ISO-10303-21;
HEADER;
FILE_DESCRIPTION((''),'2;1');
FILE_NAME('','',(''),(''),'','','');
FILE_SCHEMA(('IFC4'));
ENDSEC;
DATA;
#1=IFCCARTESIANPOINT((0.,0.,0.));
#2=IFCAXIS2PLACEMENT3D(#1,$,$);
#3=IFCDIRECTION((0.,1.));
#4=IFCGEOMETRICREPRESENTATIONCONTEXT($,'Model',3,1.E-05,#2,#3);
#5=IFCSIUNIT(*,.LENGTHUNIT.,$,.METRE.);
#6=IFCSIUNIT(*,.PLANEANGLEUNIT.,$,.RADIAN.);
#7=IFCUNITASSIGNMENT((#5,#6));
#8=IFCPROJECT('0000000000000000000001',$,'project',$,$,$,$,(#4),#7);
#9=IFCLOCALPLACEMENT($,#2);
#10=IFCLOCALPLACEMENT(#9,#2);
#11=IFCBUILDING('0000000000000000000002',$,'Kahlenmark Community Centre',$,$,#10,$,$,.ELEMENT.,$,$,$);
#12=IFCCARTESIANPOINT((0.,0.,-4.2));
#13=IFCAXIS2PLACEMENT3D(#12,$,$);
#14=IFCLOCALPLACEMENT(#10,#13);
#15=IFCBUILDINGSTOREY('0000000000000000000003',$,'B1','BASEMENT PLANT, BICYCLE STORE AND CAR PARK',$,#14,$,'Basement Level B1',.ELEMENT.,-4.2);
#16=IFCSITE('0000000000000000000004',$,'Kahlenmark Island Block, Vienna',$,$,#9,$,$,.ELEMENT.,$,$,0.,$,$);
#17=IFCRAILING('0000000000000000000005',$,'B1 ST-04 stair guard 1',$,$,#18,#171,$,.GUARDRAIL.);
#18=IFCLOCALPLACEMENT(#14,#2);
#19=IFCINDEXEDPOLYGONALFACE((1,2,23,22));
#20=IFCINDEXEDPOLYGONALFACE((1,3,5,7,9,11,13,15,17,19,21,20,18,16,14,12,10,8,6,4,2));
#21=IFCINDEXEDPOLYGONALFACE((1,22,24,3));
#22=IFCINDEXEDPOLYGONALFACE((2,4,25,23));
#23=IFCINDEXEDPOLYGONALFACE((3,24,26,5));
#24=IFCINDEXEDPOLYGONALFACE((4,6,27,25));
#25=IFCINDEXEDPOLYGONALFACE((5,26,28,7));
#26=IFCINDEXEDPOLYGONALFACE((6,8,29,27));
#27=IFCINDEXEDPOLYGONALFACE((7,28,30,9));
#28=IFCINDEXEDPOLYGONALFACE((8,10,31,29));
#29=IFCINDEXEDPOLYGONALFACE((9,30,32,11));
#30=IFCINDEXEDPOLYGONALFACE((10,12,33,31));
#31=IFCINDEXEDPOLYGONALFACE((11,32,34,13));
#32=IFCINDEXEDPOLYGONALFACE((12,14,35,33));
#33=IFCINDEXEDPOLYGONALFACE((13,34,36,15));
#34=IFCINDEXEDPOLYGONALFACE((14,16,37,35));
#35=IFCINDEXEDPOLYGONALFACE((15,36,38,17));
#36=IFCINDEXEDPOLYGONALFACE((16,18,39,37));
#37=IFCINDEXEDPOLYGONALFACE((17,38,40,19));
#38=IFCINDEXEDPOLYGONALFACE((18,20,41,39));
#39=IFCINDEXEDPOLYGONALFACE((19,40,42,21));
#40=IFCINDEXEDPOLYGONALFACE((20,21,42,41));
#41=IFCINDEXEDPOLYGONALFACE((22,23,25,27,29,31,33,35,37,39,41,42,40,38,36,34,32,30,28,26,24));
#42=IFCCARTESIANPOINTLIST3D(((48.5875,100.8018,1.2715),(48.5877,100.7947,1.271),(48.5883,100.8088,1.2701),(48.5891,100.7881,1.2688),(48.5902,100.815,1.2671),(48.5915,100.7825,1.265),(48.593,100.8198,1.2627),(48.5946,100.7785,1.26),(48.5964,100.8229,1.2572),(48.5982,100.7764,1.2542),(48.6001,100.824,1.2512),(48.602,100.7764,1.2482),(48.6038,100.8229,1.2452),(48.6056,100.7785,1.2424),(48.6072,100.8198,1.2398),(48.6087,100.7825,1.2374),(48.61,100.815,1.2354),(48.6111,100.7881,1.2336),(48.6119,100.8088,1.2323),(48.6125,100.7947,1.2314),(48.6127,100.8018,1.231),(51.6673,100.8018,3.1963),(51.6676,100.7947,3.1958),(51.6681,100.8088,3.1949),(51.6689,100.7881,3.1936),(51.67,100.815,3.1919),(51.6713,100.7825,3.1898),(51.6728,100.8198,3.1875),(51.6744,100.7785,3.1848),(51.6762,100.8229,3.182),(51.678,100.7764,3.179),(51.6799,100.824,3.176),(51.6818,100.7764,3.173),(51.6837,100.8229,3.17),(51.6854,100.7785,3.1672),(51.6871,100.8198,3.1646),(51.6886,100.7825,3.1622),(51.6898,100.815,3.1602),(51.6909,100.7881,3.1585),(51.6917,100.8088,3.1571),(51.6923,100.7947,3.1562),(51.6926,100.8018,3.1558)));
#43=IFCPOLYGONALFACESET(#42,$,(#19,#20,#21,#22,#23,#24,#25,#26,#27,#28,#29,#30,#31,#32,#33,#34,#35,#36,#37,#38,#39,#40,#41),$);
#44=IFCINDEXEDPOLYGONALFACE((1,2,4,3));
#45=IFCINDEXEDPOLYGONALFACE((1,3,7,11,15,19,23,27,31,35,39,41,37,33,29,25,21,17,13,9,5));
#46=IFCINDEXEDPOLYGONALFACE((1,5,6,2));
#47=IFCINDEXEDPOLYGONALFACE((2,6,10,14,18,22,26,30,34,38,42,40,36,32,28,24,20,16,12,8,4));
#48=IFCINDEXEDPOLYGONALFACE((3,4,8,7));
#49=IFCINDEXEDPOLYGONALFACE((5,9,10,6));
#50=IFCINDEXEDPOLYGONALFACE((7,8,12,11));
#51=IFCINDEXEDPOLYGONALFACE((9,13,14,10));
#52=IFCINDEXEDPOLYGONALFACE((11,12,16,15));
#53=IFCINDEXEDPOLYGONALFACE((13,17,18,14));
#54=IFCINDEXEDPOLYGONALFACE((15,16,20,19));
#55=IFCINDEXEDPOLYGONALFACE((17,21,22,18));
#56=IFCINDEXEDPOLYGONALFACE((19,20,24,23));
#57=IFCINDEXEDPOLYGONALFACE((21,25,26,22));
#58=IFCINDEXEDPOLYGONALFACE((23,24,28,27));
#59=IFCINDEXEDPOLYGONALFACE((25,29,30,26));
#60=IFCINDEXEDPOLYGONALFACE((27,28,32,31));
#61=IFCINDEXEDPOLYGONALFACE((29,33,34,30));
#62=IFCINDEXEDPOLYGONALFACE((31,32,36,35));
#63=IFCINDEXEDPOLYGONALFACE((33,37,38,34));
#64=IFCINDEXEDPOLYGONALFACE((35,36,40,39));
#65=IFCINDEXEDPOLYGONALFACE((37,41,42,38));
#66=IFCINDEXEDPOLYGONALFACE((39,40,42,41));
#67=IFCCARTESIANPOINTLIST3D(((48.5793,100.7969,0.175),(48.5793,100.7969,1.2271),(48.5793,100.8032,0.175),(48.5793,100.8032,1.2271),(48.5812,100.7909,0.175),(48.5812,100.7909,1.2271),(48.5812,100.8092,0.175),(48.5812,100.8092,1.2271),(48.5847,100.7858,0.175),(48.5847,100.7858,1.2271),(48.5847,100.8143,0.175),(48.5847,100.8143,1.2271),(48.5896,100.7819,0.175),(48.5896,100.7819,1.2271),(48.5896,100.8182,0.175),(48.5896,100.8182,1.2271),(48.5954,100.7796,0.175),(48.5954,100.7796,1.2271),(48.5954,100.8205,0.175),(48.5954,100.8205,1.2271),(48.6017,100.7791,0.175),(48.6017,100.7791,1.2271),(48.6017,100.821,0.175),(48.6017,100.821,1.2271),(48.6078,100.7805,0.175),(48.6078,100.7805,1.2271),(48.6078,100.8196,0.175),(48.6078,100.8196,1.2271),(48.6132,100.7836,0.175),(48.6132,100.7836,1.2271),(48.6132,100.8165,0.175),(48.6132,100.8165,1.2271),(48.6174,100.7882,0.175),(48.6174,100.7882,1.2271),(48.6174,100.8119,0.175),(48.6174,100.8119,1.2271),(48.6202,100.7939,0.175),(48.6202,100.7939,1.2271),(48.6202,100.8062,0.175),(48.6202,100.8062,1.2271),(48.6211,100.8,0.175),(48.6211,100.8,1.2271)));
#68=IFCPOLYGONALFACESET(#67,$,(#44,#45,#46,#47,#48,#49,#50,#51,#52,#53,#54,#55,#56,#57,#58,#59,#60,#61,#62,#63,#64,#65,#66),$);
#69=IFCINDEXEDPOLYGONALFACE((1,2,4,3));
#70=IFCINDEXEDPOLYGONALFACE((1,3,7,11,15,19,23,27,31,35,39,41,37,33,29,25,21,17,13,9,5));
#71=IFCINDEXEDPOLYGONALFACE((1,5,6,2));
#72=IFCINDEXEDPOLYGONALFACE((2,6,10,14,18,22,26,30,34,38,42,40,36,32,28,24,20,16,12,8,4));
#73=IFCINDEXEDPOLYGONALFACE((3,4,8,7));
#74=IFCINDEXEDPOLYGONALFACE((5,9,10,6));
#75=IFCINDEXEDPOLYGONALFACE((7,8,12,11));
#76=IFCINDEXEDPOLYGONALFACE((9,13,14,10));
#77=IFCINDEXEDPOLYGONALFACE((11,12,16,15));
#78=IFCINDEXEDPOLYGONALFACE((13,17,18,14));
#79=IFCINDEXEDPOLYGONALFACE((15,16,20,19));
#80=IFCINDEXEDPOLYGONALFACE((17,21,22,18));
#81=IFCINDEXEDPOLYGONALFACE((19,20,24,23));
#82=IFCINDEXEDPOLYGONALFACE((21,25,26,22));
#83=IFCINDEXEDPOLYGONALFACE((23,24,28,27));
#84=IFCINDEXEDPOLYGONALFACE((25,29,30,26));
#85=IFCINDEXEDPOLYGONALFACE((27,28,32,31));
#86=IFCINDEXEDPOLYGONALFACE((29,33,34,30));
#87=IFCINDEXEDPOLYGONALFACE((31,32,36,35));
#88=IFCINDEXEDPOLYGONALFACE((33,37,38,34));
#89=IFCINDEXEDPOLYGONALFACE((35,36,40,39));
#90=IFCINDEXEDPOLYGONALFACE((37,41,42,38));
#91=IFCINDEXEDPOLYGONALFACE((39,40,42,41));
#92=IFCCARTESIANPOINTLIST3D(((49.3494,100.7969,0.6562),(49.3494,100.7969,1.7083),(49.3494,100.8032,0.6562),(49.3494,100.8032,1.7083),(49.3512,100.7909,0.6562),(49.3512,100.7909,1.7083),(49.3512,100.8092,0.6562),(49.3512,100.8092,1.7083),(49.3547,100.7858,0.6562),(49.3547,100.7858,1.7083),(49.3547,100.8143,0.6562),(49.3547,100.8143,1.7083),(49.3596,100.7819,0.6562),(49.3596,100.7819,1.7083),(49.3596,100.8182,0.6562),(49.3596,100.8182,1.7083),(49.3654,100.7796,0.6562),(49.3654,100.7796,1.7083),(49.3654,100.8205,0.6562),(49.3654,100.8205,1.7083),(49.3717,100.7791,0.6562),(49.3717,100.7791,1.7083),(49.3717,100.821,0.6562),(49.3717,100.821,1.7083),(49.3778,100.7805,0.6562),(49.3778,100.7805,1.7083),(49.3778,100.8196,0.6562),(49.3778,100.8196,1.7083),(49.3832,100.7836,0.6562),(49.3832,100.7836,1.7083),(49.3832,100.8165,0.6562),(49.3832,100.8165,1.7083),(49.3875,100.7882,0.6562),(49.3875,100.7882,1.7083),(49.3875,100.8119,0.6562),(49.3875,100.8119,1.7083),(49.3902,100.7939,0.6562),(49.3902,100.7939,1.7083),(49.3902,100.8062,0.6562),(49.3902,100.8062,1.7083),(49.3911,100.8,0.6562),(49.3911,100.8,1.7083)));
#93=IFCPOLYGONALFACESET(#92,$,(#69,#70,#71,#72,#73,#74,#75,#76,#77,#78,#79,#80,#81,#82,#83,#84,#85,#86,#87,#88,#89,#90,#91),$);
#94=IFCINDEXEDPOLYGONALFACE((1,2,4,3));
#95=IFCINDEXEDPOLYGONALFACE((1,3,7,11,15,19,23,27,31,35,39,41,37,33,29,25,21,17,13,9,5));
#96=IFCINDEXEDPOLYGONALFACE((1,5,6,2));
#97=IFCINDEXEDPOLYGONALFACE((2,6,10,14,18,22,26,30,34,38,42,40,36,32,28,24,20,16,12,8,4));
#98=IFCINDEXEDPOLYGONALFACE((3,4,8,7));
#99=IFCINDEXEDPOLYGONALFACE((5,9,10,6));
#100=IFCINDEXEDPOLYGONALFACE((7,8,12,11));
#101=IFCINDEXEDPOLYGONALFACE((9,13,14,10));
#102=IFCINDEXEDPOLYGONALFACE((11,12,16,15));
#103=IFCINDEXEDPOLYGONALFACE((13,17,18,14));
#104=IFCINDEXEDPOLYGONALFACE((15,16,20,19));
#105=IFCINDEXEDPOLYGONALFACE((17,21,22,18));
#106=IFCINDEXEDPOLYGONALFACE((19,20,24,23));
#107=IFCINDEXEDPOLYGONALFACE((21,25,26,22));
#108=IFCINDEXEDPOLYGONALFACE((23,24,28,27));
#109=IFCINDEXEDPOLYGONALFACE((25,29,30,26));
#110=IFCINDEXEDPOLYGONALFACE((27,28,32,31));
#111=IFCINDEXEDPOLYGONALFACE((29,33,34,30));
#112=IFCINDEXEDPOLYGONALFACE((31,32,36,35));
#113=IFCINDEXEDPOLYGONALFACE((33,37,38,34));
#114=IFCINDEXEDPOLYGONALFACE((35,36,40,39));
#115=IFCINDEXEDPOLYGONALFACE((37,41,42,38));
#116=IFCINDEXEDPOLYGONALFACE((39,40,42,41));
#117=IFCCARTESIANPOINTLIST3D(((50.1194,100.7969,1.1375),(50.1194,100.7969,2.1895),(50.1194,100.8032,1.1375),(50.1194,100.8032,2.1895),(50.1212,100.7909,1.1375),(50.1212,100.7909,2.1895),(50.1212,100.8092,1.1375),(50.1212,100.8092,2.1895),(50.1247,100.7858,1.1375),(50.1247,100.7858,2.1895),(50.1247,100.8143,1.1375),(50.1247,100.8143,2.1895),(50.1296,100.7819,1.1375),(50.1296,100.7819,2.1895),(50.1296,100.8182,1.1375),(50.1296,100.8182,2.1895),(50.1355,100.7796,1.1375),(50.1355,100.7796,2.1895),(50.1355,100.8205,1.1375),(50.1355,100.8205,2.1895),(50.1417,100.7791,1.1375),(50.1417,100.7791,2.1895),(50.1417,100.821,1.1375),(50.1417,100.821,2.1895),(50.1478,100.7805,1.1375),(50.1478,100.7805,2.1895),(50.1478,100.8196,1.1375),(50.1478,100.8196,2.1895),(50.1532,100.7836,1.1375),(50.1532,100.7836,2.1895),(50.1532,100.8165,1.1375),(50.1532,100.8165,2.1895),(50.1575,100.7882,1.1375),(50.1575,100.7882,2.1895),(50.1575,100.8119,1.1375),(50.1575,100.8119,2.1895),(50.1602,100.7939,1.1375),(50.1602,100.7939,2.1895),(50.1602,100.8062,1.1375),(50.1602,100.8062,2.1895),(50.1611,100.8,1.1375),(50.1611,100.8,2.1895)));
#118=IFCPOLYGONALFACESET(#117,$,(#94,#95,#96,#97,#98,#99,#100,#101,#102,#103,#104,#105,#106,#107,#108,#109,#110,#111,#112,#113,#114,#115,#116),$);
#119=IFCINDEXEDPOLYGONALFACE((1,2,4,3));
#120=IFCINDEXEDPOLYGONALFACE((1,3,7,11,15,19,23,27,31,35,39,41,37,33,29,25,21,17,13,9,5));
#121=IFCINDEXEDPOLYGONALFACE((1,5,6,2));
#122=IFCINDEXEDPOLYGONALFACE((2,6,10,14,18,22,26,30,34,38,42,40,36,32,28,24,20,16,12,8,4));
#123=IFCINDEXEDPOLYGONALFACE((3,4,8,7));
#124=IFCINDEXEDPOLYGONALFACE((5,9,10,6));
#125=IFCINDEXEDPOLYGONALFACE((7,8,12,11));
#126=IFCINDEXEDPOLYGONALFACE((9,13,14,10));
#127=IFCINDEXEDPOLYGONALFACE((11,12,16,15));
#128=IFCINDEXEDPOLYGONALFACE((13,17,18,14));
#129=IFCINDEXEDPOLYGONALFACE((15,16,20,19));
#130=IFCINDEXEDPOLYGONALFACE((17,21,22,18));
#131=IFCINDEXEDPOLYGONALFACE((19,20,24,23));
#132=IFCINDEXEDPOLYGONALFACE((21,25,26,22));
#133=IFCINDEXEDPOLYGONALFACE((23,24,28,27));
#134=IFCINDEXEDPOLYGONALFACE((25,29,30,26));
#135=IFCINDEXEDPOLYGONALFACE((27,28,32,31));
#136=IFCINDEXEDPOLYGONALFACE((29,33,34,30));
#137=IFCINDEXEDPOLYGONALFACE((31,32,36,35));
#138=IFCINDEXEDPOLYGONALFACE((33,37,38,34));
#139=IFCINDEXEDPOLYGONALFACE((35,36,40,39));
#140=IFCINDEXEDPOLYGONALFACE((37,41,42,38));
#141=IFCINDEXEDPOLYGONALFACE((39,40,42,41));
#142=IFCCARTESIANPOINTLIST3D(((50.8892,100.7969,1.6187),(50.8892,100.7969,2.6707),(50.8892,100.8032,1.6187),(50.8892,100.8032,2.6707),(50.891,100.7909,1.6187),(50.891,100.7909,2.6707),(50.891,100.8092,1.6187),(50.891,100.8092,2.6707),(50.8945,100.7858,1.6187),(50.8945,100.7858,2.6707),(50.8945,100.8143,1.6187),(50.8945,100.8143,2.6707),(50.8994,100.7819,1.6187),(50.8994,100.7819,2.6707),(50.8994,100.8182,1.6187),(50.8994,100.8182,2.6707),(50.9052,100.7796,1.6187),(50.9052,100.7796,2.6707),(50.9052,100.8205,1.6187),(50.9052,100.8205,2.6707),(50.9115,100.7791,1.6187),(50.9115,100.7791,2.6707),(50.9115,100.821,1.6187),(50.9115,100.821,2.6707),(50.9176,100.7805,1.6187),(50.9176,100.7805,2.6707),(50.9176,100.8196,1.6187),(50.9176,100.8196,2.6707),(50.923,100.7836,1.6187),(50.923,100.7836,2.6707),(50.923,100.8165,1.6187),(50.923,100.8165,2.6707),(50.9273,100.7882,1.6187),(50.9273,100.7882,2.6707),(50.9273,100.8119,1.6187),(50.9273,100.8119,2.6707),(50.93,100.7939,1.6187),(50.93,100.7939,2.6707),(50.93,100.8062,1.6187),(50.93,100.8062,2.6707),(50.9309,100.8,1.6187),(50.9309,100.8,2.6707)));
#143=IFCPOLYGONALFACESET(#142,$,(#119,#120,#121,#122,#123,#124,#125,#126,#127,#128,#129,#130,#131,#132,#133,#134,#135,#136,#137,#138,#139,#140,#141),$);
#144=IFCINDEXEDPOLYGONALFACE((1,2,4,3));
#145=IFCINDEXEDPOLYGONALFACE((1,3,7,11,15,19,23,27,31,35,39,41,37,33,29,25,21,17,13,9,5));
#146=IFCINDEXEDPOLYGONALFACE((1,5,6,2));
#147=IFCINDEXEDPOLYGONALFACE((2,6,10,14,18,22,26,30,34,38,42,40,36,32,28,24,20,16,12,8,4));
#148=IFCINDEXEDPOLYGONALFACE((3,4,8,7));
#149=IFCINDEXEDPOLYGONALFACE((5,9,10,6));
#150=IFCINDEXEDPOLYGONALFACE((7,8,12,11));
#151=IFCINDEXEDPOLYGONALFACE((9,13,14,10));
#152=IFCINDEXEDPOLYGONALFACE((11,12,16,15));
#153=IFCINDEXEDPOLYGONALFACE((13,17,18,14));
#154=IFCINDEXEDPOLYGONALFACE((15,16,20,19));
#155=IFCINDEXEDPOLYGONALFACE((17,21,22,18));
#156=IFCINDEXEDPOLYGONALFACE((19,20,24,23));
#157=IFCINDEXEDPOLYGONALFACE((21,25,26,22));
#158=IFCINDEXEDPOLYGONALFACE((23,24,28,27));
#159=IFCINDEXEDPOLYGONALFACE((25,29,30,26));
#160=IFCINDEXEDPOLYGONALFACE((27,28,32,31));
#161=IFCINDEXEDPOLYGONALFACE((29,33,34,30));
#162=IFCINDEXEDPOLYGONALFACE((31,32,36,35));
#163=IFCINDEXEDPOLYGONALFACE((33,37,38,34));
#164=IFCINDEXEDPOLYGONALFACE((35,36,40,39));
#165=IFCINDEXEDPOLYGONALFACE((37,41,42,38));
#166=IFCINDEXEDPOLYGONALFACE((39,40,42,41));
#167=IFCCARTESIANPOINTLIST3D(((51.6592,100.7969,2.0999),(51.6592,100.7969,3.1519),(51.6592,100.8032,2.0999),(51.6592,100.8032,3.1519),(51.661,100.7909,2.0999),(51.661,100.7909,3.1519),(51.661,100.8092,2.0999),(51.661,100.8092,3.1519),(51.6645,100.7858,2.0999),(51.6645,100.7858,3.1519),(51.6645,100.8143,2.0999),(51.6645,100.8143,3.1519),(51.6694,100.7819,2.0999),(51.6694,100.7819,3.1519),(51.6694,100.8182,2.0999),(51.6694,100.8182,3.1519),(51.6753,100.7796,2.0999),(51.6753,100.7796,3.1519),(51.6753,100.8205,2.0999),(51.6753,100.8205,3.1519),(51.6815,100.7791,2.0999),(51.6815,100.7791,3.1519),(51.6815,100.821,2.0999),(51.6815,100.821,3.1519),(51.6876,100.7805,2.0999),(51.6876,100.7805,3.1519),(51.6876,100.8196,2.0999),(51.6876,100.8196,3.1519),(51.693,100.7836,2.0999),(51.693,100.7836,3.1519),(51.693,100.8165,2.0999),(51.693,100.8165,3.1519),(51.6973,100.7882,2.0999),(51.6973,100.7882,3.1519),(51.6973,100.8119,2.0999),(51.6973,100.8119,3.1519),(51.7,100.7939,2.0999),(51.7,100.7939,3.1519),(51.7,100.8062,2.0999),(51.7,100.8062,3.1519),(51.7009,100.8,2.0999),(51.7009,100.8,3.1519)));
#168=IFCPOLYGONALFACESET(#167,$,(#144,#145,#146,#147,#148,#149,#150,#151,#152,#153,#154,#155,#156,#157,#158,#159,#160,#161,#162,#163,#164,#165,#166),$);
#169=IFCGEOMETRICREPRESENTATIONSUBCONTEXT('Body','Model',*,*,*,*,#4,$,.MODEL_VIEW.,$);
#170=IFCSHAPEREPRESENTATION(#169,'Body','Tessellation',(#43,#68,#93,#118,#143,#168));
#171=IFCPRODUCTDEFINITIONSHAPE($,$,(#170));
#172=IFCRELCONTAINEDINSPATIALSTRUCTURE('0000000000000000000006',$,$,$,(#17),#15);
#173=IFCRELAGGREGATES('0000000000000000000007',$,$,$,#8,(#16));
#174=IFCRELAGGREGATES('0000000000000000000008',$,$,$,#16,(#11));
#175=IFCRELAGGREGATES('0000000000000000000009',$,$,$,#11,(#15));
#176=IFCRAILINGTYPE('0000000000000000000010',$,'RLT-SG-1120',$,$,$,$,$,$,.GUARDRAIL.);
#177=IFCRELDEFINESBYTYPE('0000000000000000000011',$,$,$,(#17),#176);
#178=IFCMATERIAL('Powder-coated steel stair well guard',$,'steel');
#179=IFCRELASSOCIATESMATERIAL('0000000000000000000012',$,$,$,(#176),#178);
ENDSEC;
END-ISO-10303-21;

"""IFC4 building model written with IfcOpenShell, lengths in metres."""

from ifc_helpers import new_model, si_unit, direction, frame, origin, origin_2d, place, context, subcontext, project, spatial, circle, extrude, material, type_object, element, save


model = new_model("IFC4")

# Units and contexts
model_context = context("Model", 3, precision=1e-05, world=origin(), true_north=direction((0.0, 1.0)))
body_context = subcontext(model_context, "Body", "Model", "MODEL_VIEW")
ifc_project = project(units=[si_unit("LENGTHUNIT", "METRE"), si_unit("PLANEANGLEUNIT", "RADIAN")], contexts=[model_context])

# Site, building, storey
site_placement = place(None, origin())
site = spatial("IfcSite", under=ifc_project, at=site_placement, Name="Kahlenmark Island Block, Vienna", CompositionType="ELEMENT", RefElevation=0.0)
building_placement = place(site_placement, origin())
building = spatial("IfcBuilding", under=site, at=building_placement, Name="Kahlenmark Community Centre", CompositionType="ELEMENT")
storey_placement = place(building_placement, frame((0.0, 0.0, -4.2)))
storey = spatial("IfcBuildingStorey", under=building, at=storey_placement, Name="B1", Description="BASEMENT PLANT, BICYCLE STORE AND CAR PARK", LongName="Basement Level B1", CompositionType="ELEMENT", Elevation=-4.2)

# Railing
ifc_material_1 = material(Name="Powder-coated steel stair well guard", Category="steel")
railing_type_1 = type_object("IfcRailingType", Name="RLT-SG-1120", PredefinedType="GUARDRAIL", material=ifc_material_1)
railing_1_placement = place(storey_placement, frame((48.6001, 100.8, 0.175)))
element("IfcRailing", 1, at=railing_1_placement, inside=storey, type_object=railing_type_1, Name="B1 ST-04 stair guard 1", PredefinedType="GUARDRAIL", context=body_context, shape_type="SweptSolid", body=[
    extrude(circle(Radius=0.0239, at=origin_2d()), frame((0.0, 0.0, 1.0762), z_axis=(0.84801, 0.0, 0.529981), x_axis=(0.0, 1.0, 0.0)), (0.0, 0.0, 1.0), 3.6318),
    extrude(circle(Radius=0.021, at=origin_2d()), origin(), (0.0, 0.0, 1.0), 1.052),
    extrude(circle(Radius=0.021, at=origin_2d()), frame((0.77, 0.0, 0.4812)), (0.0, 0.0, 1.0), 1.052),
    extrude(circle(Radius=0.021, at=origin_2d()), frame((1.54, 0.0, 0.9624)), (0.0, 0.0, 1.0), 1.052),
    extrude(circle(Radius=0.021, at=origin_2d()), frame((2.3098, 0.0, 1.4436)), (0.0, 0.0, 1.0), 1.052),
    extrude(circle(Radius=0.021, at=origin_2d()), frame((3.0798, 0.0, 1.9248)), (0.0, 0.0, 1.0), 1.052),
])

save(model, "model.ifc")
